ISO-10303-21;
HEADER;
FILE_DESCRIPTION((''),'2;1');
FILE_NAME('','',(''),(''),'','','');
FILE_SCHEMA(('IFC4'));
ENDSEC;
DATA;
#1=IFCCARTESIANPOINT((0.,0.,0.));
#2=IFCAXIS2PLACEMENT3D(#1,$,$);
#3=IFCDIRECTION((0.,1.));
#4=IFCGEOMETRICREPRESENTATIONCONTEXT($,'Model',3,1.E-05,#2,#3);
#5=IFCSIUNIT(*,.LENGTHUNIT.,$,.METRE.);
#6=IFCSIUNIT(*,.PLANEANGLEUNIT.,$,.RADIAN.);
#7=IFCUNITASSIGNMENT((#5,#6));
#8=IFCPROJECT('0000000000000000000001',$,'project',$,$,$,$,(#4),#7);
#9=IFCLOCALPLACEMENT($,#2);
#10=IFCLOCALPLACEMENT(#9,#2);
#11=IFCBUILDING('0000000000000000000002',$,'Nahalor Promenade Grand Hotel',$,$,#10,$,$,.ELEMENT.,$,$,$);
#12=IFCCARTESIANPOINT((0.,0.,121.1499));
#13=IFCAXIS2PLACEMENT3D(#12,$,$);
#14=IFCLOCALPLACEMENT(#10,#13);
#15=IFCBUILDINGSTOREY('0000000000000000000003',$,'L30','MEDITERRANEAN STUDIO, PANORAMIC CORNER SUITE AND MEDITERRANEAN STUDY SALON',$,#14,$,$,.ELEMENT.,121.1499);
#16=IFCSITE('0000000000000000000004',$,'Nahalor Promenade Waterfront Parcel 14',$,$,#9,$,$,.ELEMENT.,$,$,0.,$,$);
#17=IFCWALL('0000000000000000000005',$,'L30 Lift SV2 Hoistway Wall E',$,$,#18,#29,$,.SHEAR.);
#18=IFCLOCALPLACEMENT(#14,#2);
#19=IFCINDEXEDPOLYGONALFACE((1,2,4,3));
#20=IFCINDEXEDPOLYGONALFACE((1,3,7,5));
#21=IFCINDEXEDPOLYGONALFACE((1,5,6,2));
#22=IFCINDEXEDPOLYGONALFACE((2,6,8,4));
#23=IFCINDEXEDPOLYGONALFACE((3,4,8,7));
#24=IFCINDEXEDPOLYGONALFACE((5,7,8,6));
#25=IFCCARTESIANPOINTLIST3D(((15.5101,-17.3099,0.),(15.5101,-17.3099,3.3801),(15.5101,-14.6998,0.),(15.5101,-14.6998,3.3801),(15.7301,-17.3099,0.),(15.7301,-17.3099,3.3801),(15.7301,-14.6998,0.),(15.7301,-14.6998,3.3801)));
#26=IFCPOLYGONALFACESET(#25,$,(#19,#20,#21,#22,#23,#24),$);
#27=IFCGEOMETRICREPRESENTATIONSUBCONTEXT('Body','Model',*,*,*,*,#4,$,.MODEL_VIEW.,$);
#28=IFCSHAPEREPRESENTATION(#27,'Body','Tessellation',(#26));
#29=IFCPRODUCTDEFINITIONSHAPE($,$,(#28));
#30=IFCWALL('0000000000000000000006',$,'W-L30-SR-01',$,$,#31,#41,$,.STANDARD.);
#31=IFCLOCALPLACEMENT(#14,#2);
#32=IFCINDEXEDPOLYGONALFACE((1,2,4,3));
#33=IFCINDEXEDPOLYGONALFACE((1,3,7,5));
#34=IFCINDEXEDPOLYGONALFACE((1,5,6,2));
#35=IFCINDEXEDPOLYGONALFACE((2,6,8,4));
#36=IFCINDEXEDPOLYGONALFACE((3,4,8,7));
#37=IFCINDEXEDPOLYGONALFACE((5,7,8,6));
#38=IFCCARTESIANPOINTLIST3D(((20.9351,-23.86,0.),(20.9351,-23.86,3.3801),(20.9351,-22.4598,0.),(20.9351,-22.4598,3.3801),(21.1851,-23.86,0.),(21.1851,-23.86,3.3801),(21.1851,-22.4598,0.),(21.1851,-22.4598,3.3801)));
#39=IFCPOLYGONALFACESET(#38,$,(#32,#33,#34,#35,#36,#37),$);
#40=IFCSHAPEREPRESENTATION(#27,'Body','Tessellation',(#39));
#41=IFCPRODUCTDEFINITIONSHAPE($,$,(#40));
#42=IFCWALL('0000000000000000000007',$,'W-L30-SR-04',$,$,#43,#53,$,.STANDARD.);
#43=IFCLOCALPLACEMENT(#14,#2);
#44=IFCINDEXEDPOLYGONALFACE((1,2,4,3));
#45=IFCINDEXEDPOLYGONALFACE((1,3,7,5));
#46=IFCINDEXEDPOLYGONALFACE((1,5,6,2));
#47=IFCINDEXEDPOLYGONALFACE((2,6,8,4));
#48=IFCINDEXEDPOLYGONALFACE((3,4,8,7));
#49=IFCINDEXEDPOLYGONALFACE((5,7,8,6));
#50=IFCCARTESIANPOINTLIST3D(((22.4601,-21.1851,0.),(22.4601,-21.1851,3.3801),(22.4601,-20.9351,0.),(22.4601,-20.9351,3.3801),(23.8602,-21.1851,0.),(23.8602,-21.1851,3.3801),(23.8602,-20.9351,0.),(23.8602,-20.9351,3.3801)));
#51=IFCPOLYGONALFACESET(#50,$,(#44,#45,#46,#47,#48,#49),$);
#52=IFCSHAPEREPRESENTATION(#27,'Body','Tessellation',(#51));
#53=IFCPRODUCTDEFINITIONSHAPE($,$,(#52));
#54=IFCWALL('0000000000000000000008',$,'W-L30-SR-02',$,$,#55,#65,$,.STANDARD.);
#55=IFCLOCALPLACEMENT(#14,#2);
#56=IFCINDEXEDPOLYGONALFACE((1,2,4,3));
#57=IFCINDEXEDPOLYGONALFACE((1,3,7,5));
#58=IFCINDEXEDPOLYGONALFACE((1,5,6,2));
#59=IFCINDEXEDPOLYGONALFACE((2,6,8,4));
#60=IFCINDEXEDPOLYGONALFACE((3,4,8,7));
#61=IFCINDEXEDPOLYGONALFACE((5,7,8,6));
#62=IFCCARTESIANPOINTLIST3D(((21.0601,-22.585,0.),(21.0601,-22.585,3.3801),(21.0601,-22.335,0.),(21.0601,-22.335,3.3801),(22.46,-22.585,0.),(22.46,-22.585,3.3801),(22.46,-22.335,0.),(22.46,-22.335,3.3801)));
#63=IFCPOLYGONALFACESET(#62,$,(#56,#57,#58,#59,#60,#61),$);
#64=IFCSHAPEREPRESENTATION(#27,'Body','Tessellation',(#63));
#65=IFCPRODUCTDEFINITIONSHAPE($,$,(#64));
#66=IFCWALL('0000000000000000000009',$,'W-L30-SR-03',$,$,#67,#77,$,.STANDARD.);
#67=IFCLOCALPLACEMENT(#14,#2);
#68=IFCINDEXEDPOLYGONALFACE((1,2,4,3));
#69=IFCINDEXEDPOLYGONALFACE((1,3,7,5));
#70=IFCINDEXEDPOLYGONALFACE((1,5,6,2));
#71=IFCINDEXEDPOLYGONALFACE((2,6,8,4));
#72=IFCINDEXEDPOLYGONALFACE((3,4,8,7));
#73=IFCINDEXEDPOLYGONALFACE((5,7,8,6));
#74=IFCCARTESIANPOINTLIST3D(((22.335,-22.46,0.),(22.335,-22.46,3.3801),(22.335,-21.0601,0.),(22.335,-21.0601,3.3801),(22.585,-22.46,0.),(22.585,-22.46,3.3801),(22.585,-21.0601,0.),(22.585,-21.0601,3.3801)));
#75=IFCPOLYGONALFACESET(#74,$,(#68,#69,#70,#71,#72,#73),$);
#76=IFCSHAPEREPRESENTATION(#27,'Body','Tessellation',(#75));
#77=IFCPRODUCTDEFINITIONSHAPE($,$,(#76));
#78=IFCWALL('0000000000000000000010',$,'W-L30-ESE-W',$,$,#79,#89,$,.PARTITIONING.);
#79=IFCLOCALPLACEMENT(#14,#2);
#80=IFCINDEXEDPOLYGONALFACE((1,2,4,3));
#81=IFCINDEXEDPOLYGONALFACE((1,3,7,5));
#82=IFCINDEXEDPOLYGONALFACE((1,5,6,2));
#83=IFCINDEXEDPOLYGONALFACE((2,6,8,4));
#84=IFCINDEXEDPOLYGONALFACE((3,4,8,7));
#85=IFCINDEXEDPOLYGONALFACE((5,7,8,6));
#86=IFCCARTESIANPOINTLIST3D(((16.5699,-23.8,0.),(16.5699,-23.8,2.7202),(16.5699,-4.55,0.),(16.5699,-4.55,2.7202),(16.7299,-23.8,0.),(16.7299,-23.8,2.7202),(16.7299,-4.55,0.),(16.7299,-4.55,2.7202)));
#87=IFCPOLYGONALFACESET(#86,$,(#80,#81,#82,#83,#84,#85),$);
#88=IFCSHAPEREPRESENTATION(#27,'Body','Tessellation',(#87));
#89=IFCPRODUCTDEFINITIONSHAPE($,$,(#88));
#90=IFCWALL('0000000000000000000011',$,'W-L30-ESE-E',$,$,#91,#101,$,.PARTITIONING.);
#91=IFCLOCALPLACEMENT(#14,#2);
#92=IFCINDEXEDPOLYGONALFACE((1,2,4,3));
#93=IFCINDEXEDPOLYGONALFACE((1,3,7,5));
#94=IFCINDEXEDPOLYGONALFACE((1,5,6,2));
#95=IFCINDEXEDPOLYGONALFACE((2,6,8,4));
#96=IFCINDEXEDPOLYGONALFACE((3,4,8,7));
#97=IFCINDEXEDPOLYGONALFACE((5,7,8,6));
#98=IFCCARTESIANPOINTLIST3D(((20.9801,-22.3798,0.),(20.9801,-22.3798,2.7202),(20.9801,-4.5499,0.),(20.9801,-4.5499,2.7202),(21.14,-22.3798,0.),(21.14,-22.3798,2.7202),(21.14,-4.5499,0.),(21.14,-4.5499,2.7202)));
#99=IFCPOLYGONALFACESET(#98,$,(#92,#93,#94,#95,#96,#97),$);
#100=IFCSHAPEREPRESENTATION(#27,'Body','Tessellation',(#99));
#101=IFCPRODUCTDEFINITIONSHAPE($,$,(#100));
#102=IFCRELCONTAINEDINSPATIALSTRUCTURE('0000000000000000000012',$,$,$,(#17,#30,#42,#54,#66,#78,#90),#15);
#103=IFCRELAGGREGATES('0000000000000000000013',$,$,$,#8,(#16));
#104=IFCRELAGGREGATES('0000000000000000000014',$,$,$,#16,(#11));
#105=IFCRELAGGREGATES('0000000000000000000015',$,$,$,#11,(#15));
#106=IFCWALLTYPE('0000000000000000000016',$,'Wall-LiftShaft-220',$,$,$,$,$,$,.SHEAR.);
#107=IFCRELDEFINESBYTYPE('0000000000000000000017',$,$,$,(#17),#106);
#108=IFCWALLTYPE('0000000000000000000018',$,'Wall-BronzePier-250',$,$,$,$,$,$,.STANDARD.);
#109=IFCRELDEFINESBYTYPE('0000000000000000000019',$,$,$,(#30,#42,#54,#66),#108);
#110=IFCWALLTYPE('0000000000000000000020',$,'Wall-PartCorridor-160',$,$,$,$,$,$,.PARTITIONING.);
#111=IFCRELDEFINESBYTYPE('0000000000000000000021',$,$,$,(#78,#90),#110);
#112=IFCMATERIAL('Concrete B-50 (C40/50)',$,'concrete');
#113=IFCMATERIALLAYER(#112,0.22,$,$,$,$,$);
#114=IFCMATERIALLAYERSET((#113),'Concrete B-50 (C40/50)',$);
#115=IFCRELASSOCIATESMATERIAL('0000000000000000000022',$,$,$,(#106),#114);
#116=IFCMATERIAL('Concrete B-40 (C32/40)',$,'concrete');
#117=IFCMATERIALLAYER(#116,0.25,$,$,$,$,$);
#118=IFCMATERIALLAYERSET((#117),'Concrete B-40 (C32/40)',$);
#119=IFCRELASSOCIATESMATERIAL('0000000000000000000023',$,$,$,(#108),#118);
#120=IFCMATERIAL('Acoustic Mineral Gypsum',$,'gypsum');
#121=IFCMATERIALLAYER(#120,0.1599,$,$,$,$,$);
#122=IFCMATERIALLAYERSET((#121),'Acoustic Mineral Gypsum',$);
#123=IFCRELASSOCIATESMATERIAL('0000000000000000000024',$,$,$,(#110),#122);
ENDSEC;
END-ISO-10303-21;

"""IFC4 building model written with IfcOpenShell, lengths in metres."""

from ifc_helpers import new_model, si_unit, direction, frame, frame_2d, origin, place, context, subcontext, project, spatial, rectangle, extrude, source, transform, mapped, material, layer, layer_set, type_object, element, save


model = new_model("IFC4")

# Units and contexts
model_context = context("Model", 3, precision=1e-05, world=origin(), true_north=direction((0.0, 1.0)))
body_context = subcontext(model_context, "Body", "Model", "MODEL_VIEW")
ifc_project = project(units=[si_unit("LENGTHUNIT", "METRE"), si_unit("PLANEANGLEUNIT", "RADIAN")], contexts=[model_context])

# Site, building, storey
site_placement = place(None, origin())
site = spatial("IfcSite", under=ifc_project, at=site_placement, Name="Nahalor Promenade Waterfront Parcel 14", CompositionType="ELEMENT", RefElevation=0.0)
building_placement = place(site_placement, origin())
building = spatial("IfcBuilding", under=site, at=building_placement, Name="Nahalor Promenade Grand Hotel", CompositionType="ELEMENT")
storey_placement = place(building_placement, frame((0.0, 0.0, 121.1499)))
storey = spatial("IfcBuildingStorey", under=building, at=storey_placement, Name="L30", Description="MEDITERRANEAN STUDIO, PANORAMIC CORNER SUITE AND MEDITERRANEAN STUDY SALON", CompositionType="ELEMENT", Elevation=121.1499)

# Walls
ifc_material_1 = material(Name="Concrete B-50 (C40/50)", Category="concrete")
ifc_layer_1 = layer(ifc_material_1, 0.22)
ifc_layer_set_1 = layer_set([ifc_layer_1], Name="Concrete B-50 (C40/50)")
wall_type_1 = type_object("IfcWallType", Name="Wall-LiftShaft-220", PredefinedType="SHEAR", material=ifc_layer_set_1)
shared_shape_1 = source(origin(), body_context, "Body", "SweptSolid", [
    extrude(rectangle(XDim=2.6101, YDim=0.22, at=frame_2d((1.3052, 0.0))), origin(), (0.0, 0.0, 1.0), 3.3801),
])
wall_1_placement = place(storey_placement, frame((15.6201, -17.3101, 0.0), z_axis=(0.0, 0.0, 1.0), x_axis=(0.0, 1.0, 0.0)))
element("IfcWall", 1, at=wall_1_placement, inside=storey, type_object=wall_type_1, Name="L30 Lift SV2 Hoistway Wall E", PredefinedType="SHEAR", context=body_context, shape_type="MappedRepresentation", body=[
    mapped(shared_shape_1, transform((0.0, 0.0, 0.0), scale=1.0)),
])
ifc_material_2 = material(Name="Concrete B-40 (C32/40)", Category="concrete")
ifc_layer_2 = layer(ifc_material_2, 0.25)
ifc_layer_set_2 = layer_set([ifc_layer_2], Name="Concrete B-40 (C32/40)")
wall_type_2 = type_object("IfcWallType", Name="Wall-BronzePier-250", PredefinedType="STANDARD", material=ifc_layer_set_2)
shared_shape_2 = source(origin(), body_context, "Body", "SweptSolid", [
    extrude(rectangle(XDim=1.4001, YDim=0.25, at=frame_2d((0.7002, 0.0))), origin(), (0.0, 0.0, 1.0), 3.3801),
])
for number, where, z_axis, x_axis, name in (
    (2, (21.0601, -23.8601, 0.0), (0.0, 0.0, 1.0), (0.0, 1.0, 0.0), "W-L30-SR-01"),
    (3, (22.46, -21.0601, 0.0), (0.0, 0.0, 1.0), (1.0, 0.0, 0.0), "W-L30-SR-04"),
):
    element("IfcWall", number, at=place(storey_placement, frame(where, z_axis=z_axis, x_axis=x_axis)), inside=storey, type_object=wall_type_2, Name=name, PredefinedType="STANDARD", context=body_context, shape_type="MappedRepresentation", body=[
        mapped(shared_shape_2, transform((0.0, 0.0, 0.0), scale=1.0)),
    ])
shared_shape_3 = source(origin(), body_context, "Body", "SweptSolid", [
    extrude(rectangle(XDim=1.3999, YDim=0.25, at=frame_2d((0.7, 0.0))), origin(), (0.0, 0.0, 1.0), 3.3801),
])
for number, where, z_axis, x_axis, name in (
    (4, (21.0601, -22.46, 0.0), (0.0, 0.0, 1.0), (1.0, 0.0, 0.0), "W-L30-SR-02"),
    (5, (22.46, -22.46, 0.0), (0.0, 0.0, 1.0), (0.0, 1.0, 0.0), "W-L30-SR-03"),
):
    element("IfcWall", number, at=place(storey_placement, frame(where, z_axis=z_axis, x_axis=x_axis)), inside=storey, type_object=wall_type_2, Name=name, PredefinedType="STANDARD", context=body_context, shape_type="MappedRepresentation", body=[
        mapped(shared_shape_3, transform((0.0, 0.0, 0.0), scale=1.0)),
    ])
ifc_material_3 = material(Name="Acoustic Mineral Gypsum", Category="gypsum")
ifc_layer_3 = layer(ifc_material_3, 0.1599)
ifc_layer_set_3 = layer_set([ifc_layer_3], Name="Acoustic Mineral Gypsum")
wall_type_3 = type_object("IfcWallType", Name="Wall-PartCorridor-160", PredefinedType="PARTITIONING", material=ifc_layer_set_3)
shared_shape_4 = source(origin(), body_context, "Body", "SweptSolid", [
    extrude(rectangle(XDim=19.25, YDim=0.1599, at=frame_2d((9.625, 0.0))), origin(), (0.0, 0.0, 1.0), 2.7202),
])
wall_2_placement = place(storey_placement, frame((16.6499, -23.8, 0.0), z_axis=(0.0, 0.0, 1.0), x_axis=(0.0, 1.0, 0.0)))
element("IfcWall", 6, at=wall_2_placement, inside=storey, type_object=wall_type_3, Name="W-L30-ESE-W", PredefinedType="PARTITIONING", context=body_context, shape_type="MappedRepresentation", body=[
    mapped(shared_shape_4, transform((0.0, 0.0, 0.0), scale=1.0)),
])
shared_shape_5 = source(origin(), body_context, "Body", "SweptSolid", [
    extrude(rectangle(XDim=17.8298, YDim=0.1599, at=frame_2d((8.915, 0.0))), origin(), (0.0, 0.0, 1.0), 2.7202),
])
wall_3_placement = place(storey_placement, frame((21.0601, -22.3799, 0.0), z_axis=(0.0, 0.0, 1.0), x_axis=(0.0, 1.0, 0.0)))
element("IfcWall", 7, at=wall_3_placement, inside=storey, type_object=wall_type_3, Name="W-L30-ESE-E", PredefinedType="PARTITIONING", context=body_context, shape_type="MappedRepresentation", body=[
    mapped(shared_shape_5, transform((0.0, 0.0, 0.0), scale=1.0)),
])

save(model, "model.ifc")
